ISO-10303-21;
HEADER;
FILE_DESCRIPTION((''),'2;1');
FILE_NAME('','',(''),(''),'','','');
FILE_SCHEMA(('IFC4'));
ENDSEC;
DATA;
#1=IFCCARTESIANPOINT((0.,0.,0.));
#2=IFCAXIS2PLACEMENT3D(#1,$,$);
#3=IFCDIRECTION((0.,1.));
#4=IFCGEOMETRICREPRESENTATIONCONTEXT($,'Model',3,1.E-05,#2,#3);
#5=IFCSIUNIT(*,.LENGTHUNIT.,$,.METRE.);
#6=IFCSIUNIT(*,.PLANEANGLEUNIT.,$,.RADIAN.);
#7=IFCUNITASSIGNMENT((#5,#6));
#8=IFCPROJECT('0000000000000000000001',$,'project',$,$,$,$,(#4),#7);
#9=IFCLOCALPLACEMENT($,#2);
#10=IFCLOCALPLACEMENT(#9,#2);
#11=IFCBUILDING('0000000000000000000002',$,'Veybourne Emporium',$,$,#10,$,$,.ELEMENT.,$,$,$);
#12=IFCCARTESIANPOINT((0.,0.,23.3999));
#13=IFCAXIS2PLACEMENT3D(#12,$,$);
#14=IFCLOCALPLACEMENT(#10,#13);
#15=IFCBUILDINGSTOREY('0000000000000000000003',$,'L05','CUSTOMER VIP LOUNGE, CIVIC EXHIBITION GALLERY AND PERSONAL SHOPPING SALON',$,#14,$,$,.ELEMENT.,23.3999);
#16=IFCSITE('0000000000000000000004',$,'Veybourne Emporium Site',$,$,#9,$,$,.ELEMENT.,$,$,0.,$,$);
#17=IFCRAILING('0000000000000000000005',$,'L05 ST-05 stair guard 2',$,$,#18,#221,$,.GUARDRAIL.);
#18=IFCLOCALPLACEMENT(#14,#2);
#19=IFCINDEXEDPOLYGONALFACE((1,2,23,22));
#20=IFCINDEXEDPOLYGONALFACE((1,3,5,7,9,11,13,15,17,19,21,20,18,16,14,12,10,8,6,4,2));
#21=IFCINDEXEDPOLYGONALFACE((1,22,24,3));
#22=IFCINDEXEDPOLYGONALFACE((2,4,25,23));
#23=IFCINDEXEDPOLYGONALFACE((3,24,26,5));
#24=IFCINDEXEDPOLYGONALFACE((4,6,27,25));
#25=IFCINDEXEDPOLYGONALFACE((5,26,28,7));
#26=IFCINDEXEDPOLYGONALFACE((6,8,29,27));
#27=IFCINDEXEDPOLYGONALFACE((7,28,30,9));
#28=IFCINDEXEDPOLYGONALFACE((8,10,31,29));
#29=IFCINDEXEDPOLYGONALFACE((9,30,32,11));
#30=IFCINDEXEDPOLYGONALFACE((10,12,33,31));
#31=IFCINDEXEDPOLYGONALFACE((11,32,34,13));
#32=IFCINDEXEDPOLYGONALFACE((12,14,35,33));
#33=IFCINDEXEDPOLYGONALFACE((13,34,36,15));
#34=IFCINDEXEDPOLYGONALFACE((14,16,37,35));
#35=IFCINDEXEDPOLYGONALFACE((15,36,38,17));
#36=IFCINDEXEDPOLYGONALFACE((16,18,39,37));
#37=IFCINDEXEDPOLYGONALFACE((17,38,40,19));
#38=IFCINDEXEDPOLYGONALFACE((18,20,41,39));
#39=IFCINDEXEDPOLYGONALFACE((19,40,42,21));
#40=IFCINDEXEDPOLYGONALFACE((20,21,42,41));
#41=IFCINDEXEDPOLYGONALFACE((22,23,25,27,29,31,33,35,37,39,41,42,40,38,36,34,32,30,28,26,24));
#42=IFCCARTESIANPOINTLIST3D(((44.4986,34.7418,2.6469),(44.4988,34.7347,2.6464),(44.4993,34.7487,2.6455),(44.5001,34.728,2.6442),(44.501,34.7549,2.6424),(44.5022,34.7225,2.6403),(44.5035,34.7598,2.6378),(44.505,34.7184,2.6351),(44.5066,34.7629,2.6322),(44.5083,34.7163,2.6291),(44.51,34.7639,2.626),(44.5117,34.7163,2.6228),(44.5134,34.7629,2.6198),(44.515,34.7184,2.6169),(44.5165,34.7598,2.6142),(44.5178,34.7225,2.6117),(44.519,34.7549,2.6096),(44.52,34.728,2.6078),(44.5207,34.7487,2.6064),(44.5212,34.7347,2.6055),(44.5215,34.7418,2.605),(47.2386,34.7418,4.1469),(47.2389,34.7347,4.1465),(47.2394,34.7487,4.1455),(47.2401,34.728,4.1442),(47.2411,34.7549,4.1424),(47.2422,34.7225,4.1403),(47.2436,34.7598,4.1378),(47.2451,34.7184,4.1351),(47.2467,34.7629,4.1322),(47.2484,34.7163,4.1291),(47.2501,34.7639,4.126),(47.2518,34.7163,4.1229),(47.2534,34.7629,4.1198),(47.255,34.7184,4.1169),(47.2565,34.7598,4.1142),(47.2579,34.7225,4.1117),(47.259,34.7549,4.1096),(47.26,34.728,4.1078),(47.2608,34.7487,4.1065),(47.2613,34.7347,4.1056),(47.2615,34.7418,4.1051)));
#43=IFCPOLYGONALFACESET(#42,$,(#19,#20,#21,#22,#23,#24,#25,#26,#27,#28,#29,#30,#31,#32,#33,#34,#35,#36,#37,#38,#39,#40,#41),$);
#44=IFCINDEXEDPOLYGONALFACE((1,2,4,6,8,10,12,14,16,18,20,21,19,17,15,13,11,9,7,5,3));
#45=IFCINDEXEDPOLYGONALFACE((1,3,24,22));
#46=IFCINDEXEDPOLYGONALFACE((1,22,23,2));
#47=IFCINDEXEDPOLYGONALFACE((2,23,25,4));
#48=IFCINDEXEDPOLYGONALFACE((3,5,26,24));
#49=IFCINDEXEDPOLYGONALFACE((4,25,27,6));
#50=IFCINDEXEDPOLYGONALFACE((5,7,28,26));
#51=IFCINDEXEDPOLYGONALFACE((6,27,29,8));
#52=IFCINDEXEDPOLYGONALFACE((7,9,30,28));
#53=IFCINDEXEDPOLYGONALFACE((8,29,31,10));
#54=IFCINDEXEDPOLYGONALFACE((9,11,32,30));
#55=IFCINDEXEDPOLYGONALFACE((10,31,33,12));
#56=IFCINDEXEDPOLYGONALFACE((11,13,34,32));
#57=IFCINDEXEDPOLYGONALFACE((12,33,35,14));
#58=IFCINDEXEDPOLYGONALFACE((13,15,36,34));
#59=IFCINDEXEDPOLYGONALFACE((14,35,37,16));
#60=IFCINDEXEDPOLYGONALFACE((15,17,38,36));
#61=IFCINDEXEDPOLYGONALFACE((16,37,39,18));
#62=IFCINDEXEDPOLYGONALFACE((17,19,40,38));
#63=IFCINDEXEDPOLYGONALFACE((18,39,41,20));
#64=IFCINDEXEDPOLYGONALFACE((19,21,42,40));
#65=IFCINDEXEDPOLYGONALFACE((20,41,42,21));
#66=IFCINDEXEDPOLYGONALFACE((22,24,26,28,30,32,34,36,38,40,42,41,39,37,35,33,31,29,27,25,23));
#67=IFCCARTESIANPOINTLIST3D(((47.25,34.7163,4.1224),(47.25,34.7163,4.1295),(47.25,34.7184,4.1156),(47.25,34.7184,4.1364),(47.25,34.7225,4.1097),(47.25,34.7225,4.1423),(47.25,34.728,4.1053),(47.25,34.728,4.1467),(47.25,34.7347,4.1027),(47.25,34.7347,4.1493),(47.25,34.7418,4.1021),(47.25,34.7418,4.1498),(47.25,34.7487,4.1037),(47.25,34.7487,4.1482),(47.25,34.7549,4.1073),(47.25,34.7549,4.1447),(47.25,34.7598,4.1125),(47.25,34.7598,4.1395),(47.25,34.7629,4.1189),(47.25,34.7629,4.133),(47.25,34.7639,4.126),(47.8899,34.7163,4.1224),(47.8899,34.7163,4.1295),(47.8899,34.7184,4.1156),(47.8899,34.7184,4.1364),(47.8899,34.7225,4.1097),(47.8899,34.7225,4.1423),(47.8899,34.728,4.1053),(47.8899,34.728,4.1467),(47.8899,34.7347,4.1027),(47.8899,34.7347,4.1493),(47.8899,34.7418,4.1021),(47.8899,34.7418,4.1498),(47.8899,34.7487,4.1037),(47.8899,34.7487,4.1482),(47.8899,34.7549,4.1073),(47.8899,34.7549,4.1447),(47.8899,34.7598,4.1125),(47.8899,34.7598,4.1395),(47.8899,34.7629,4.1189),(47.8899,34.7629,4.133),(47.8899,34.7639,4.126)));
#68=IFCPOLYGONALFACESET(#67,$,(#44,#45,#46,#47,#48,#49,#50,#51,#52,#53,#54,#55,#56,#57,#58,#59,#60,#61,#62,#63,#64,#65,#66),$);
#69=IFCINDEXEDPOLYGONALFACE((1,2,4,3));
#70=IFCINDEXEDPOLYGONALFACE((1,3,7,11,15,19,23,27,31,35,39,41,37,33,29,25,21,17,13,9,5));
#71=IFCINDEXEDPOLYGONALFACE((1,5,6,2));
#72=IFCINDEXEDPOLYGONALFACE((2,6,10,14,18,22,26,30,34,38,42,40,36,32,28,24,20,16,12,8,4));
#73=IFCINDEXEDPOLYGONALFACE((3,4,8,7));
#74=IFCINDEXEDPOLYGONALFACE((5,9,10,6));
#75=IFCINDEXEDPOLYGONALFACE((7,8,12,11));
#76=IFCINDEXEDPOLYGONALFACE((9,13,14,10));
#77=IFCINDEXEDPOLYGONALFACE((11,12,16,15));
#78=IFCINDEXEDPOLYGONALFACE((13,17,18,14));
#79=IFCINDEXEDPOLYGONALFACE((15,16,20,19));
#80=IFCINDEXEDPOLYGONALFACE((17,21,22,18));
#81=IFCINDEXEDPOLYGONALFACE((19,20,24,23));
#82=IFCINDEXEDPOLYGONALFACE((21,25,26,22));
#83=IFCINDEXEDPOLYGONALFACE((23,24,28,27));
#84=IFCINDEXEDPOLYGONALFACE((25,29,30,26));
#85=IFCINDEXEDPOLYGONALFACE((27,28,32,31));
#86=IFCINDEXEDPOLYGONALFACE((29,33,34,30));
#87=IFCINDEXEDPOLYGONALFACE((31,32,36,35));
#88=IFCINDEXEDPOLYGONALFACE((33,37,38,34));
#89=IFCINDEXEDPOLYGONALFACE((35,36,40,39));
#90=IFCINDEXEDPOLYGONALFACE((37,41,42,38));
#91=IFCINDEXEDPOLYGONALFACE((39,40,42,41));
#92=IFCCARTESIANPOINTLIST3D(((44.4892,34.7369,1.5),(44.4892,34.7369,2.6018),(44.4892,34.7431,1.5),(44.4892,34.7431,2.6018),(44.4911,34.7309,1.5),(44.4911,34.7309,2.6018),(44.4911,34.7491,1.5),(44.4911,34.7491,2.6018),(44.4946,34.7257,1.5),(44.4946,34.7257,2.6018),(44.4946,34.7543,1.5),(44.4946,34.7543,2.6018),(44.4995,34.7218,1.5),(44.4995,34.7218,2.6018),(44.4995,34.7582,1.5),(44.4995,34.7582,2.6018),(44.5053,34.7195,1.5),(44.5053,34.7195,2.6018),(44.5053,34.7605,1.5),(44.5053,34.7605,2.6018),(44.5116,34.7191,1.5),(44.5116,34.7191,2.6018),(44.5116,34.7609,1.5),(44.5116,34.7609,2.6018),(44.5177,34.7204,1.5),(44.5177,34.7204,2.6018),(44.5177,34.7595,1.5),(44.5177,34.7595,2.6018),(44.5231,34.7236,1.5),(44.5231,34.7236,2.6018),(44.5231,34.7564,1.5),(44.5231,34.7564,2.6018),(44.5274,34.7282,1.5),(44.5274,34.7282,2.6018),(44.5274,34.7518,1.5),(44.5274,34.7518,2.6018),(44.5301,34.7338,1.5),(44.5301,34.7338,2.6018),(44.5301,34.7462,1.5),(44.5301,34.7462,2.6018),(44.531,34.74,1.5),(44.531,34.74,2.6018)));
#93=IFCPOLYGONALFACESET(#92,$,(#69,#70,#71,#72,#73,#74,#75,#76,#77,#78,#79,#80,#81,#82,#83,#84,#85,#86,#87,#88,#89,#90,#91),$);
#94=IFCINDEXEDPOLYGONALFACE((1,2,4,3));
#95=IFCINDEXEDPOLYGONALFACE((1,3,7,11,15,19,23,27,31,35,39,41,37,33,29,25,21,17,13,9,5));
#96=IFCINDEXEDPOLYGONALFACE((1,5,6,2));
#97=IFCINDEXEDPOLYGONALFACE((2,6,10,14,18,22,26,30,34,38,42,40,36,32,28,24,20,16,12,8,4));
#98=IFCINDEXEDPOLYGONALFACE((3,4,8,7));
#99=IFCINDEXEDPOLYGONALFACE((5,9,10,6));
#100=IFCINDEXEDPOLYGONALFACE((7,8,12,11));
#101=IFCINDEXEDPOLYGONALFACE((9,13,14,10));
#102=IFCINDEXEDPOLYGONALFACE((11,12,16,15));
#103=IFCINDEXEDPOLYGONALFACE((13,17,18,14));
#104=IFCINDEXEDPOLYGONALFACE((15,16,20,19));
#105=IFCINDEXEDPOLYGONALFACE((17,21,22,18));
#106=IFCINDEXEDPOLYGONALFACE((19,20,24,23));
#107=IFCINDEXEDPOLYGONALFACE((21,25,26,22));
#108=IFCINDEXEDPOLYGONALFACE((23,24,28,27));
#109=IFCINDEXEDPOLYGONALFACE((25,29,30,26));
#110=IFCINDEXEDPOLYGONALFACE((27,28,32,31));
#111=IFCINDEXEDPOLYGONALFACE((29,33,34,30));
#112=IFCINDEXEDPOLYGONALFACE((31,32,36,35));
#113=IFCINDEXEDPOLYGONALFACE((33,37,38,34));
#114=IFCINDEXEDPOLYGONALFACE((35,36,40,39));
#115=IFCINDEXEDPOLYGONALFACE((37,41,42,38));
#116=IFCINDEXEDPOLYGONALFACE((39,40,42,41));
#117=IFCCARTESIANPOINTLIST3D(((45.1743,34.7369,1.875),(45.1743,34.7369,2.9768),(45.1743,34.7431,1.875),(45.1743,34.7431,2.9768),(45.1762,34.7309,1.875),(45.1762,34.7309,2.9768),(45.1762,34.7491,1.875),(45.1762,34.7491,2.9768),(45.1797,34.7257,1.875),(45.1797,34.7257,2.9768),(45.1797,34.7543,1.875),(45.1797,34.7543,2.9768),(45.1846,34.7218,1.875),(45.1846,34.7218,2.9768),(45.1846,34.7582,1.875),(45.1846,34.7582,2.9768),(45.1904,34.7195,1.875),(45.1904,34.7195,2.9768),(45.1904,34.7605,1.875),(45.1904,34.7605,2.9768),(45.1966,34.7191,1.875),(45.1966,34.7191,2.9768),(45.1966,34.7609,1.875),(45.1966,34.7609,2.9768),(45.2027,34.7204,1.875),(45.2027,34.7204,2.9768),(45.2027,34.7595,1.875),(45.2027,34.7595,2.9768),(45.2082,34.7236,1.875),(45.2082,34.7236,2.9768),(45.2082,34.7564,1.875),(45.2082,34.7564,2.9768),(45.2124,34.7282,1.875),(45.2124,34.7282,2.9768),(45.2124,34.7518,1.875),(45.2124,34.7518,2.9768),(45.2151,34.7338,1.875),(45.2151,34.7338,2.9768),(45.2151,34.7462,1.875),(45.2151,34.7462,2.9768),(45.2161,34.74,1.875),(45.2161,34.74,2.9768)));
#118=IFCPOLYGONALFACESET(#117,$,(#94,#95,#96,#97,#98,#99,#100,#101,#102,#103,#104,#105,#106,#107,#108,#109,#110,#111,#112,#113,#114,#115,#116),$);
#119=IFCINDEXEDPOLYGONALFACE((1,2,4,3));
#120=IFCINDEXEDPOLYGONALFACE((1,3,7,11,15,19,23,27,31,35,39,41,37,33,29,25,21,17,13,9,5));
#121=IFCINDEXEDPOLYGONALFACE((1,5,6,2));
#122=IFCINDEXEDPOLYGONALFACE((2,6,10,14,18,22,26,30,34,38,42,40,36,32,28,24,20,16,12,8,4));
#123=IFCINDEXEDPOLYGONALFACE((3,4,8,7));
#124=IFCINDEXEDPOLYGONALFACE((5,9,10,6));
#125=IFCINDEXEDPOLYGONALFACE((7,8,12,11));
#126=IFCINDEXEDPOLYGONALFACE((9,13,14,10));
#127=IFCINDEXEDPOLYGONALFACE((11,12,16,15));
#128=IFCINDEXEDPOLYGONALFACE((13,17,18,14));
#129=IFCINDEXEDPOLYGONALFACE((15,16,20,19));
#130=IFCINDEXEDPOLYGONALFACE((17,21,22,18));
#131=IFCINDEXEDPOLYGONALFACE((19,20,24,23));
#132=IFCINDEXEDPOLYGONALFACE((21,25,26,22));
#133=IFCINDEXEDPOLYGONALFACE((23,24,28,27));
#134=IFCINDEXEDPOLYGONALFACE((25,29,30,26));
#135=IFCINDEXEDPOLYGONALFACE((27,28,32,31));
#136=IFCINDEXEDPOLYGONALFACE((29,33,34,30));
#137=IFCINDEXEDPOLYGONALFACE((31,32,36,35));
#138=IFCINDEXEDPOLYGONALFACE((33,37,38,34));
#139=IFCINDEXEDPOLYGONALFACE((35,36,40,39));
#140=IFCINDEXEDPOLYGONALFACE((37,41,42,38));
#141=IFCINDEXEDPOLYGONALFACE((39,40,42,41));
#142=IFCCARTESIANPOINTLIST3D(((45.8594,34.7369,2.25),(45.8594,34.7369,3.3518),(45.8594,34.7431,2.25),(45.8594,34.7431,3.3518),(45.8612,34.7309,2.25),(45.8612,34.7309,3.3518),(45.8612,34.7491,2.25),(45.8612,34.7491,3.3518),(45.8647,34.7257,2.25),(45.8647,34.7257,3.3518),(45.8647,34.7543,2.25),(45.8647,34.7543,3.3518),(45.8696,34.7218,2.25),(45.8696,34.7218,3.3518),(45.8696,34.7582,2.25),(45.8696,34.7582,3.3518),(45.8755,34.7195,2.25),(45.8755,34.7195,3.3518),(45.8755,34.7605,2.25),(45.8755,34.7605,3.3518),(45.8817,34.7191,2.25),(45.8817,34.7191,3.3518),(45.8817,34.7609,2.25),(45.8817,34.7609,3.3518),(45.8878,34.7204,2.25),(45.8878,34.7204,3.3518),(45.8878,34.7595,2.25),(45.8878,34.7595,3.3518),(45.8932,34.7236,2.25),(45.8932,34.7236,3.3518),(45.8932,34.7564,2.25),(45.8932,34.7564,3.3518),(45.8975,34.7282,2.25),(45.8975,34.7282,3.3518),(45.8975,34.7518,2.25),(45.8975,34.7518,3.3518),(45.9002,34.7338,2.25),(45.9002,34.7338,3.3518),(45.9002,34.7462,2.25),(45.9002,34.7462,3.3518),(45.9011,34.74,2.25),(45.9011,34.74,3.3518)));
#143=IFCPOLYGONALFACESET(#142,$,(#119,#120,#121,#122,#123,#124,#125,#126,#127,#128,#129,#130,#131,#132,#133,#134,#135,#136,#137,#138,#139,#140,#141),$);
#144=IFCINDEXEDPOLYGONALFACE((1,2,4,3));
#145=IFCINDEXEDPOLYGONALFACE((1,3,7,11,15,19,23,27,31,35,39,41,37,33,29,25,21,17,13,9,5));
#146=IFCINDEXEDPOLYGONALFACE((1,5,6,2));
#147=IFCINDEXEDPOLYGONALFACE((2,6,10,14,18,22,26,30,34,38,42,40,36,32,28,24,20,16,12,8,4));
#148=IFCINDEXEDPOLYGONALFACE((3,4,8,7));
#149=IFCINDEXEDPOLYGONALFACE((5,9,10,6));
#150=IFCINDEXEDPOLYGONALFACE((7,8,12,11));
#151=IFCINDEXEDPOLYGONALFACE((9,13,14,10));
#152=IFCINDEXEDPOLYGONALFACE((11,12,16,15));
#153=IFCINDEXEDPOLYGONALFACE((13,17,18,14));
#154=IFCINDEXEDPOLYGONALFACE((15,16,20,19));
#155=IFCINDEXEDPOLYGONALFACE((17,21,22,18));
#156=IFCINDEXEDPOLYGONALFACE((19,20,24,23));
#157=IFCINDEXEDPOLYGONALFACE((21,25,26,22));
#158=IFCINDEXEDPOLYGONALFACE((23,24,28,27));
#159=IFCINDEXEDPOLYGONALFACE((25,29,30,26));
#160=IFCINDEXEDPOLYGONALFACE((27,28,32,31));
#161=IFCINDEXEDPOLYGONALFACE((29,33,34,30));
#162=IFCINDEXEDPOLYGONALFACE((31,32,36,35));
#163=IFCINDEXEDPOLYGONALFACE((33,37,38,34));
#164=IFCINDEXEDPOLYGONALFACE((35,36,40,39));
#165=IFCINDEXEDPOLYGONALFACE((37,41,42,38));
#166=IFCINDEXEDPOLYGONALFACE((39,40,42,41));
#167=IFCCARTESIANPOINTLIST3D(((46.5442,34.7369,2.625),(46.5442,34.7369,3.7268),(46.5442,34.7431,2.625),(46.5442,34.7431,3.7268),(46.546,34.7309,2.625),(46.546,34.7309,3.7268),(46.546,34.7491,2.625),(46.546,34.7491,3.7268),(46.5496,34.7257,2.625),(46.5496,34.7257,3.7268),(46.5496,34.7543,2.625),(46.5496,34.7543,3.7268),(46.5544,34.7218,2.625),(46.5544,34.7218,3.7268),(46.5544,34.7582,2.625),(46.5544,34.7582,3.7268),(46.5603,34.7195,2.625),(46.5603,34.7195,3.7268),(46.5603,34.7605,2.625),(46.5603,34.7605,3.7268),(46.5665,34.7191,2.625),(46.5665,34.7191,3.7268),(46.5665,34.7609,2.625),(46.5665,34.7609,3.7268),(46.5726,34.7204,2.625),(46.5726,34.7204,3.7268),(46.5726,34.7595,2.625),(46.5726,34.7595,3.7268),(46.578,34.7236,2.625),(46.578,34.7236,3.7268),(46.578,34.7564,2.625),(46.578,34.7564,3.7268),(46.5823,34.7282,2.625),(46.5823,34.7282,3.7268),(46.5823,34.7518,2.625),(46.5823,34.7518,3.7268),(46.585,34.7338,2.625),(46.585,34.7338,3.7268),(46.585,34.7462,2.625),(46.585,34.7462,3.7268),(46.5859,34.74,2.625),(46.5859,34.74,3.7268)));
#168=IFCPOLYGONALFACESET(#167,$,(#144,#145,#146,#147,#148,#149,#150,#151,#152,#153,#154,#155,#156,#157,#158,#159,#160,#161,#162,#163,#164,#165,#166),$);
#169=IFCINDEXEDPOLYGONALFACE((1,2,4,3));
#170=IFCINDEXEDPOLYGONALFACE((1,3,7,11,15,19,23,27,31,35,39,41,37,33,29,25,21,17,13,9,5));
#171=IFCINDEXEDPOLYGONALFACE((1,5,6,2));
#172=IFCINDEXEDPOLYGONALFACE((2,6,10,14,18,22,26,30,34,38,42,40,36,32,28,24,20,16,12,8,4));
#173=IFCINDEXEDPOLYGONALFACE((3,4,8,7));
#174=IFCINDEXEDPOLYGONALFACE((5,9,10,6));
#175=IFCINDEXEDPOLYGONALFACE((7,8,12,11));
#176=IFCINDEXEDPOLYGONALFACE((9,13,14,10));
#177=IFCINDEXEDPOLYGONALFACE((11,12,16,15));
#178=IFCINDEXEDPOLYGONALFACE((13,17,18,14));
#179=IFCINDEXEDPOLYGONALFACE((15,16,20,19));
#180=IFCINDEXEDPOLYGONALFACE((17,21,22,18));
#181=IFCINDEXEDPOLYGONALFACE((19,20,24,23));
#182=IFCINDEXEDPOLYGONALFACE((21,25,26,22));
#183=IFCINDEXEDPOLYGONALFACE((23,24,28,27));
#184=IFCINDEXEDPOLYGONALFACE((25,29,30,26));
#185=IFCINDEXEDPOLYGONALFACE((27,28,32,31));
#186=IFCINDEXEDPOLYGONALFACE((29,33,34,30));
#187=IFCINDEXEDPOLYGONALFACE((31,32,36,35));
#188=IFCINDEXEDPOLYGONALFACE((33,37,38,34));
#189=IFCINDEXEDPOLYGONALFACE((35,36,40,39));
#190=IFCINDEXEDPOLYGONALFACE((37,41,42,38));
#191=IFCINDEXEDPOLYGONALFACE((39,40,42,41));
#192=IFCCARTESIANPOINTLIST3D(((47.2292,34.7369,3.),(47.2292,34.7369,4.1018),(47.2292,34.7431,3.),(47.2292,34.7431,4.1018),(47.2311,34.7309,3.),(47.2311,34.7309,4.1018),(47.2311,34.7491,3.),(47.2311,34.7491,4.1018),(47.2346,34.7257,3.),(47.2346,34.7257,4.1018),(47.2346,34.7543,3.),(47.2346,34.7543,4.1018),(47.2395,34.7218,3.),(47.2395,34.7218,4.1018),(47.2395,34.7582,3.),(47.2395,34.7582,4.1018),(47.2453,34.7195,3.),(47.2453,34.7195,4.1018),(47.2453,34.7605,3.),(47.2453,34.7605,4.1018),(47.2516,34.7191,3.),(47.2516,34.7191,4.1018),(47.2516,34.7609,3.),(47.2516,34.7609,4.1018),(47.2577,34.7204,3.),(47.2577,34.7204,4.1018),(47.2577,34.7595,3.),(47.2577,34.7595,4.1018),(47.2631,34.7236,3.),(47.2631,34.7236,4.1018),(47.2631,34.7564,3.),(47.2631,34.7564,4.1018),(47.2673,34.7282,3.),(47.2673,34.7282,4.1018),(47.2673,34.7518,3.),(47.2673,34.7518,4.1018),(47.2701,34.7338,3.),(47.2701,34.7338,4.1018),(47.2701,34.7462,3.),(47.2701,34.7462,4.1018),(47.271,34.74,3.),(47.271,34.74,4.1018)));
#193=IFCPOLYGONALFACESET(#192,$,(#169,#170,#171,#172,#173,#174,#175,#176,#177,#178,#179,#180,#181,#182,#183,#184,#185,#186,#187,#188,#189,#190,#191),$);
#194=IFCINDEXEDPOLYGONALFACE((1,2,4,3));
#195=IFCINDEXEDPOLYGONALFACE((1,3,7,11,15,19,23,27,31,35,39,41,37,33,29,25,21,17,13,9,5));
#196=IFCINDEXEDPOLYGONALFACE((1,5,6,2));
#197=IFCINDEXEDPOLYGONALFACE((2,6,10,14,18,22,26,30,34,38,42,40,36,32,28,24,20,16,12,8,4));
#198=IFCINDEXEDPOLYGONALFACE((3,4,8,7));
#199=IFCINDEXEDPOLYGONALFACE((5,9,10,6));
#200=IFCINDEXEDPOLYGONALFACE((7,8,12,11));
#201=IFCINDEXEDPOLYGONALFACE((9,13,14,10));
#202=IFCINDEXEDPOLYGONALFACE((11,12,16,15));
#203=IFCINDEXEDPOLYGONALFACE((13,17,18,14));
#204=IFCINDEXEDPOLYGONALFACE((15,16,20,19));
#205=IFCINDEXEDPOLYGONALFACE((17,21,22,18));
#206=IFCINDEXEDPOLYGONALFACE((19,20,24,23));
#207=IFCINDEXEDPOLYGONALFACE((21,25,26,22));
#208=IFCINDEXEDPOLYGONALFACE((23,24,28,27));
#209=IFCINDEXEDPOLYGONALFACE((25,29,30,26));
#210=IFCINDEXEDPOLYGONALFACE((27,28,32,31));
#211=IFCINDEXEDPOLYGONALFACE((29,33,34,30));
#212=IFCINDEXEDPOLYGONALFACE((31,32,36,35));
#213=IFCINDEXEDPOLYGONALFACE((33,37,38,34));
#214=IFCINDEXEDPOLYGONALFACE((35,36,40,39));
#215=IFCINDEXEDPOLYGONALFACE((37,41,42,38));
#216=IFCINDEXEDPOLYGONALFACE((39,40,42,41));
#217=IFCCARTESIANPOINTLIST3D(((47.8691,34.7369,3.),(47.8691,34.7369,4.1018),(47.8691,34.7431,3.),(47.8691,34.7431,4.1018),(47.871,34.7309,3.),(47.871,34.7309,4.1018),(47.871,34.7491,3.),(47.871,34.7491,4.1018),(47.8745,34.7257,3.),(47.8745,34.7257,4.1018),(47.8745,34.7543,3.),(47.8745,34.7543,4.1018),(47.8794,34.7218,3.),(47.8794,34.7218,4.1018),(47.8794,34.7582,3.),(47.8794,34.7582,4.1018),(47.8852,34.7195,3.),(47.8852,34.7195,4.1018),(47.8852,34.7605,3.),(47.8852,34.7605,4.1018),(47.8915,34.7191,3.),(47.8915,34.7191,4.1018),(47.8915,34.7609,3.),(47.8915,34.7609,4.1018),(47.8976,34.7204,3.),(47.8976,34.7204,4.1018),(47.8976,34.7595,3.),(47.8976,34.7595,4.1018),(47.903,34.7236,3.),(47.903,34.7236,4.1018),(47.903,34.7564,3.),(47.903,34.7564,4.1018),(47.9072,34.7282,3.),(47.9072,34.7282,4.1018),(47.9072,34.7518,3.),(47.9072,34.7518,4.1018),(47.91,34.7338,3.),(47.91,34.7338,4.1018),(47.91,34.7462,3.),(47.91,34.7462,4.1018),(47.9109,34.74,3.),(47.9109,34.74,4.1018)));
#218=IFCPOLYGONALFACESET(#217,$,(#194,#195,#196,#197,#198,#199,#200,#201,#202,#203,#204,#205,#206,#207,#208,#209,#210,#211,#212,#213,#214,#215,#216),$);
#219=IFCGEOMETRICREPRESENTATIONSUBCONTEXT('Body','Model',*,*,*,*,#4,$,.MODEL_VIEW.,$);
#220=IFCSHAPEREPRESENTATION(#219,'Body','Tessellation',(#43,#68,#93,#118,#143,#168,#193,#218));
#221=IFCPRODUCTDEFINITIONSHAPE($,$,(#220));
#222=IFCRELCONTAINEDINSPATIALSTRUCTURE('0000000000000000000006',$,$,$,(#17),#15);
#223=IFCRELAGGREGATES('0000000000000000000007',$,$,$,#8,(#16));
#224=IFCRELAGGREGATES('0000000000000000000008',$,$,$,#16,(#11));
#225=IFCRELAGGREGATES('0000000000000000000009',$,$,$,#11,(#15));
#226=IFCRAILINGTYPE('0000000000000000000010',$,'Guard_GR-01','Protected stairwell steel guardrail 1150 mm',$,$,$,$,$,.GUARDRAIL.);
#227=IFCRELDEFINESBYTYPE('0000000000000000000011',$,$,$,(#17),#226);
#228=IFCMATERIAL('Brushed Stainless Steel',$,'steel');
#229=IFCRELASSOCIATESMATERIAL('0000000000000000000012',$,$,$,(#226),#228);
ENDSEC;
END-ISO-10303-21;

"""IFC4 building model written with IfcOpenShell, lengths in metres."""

from ifc_helpers import new_model, si_unit, direction, frame, origin, origin_2d, place, context, subcontext, project, spatial, circle, extrude, material, type_object, element, save


model = new_model("IFC4")

# Units and contexts
model_context = context("Model", 3, precision=1e-05, world=origin(), true_north=direction((0.0, 1.0)))
body_context = subcontext(model_context, "Body", "Model", "MODEL_VIEW")
ifc_project = project(units=[si_unit("LENGTHUNIT", "METRE"), si_unit("PLANEANGLEUNIT", "RADIAN")], contexts=[model_context])

# Site, building, storey
site_placement = place(None, origin())
site = spatial("IfcSite", under=ifc_project, at=site_placement, Name="Veybourne Emporium Site", CompositionType="ELEMENT", RefElevation=0.0)
building_placement = place(site_placement, origin())
building = spatial("IfcBuilding", under=site, at=building_placement, Name="Veybourne Emporium", CompositionType="ELEMENT")
storey_placement = place(building_placement, frame((0.0, 0.0, 23.3999)))
storey = spatial("IfcBuildingStorey", under=building, at=storey_placement, Name="L05", Description="CUSTOMER VIP LOUNGE, CIVIC EXHIBITION GALLERY AND PERSONAL SHOPPING SALON", CompositionType="ELEMENT", Elevation=23.3999)

# Railing
ifc_material_1 = material(Name="Brushed Stainless Steel", Category="steel")
railing_type_1 = type_object("IfcRailingType", Name="Guard_GR-01", Description="Protected stairwell steel guardrail 1150 mm", PredefinedType="GUARDRAIL", material=ifc_material_1)
railing_1_placement = place(storey_placement, frame((44.51, 34.74, 1.5)))
element("IfcRailing", 1, at=railing_1_placement, inside=storey, type_object=railing_type_1, Name="L05 ST-05 stair guard 2", PredefinedType="GUARDRAIL", context=body_context, shape_type="SweptSolid", body=[
    extrude(circle(Radius=0.0239, at=origin_2d()), frame((0.0, 0.0, 1.126), z_axis=(0.87716, 0.0, 0.480199), x_axis=(0.0, 1.0, 0.0)), (0.0, 0.0, 1.0), 3.1238),
    extrude(circle(Radius=0.0239, at=origin_2d()), frame((2.74, 0.0, 2.626), z_axis=(1.0, 0.0, 0.0), x_axis=(0.0, 1.0, 0.0)), (0.0, 0.0, 1.0), 0.6399),
    extrude(circle(Radius=0.021, at=origin_2d()), origin(), (0.0, 0.0, 1.0), 1.1018),
    extrude(circle(Radius=0.021, at=origin_2d()), frame((0.6851, 0.0, 0.375)), (0.0, 0.0, 1.0), 1.1018),
    extrude(circle(Radius=0.021, at=origin_2d()), frame((1.3701, 0.0, 0.75)), (0.0, 0.0, 1.0), 1.1018),
    extrude(circle(Radius=0.021, at=origin_2d()), frame((2.0549, 0.0, 1.125)), (0.0, 0.0, 1.0), 1.1018),
    extrude(circle(Radius=0.021, at=origin_2d()), frame((2.74, 0.0, 1.5)), (0.0, 0.0, 1.0), 1.1018),
    extrude(circle(Radius=0.021, at=origin_2d()), frame((3.3799, 0.0, 1.5)), (0.0, 0.0, 1.0), 1.1018),
])

save(model, "model.ifc")
